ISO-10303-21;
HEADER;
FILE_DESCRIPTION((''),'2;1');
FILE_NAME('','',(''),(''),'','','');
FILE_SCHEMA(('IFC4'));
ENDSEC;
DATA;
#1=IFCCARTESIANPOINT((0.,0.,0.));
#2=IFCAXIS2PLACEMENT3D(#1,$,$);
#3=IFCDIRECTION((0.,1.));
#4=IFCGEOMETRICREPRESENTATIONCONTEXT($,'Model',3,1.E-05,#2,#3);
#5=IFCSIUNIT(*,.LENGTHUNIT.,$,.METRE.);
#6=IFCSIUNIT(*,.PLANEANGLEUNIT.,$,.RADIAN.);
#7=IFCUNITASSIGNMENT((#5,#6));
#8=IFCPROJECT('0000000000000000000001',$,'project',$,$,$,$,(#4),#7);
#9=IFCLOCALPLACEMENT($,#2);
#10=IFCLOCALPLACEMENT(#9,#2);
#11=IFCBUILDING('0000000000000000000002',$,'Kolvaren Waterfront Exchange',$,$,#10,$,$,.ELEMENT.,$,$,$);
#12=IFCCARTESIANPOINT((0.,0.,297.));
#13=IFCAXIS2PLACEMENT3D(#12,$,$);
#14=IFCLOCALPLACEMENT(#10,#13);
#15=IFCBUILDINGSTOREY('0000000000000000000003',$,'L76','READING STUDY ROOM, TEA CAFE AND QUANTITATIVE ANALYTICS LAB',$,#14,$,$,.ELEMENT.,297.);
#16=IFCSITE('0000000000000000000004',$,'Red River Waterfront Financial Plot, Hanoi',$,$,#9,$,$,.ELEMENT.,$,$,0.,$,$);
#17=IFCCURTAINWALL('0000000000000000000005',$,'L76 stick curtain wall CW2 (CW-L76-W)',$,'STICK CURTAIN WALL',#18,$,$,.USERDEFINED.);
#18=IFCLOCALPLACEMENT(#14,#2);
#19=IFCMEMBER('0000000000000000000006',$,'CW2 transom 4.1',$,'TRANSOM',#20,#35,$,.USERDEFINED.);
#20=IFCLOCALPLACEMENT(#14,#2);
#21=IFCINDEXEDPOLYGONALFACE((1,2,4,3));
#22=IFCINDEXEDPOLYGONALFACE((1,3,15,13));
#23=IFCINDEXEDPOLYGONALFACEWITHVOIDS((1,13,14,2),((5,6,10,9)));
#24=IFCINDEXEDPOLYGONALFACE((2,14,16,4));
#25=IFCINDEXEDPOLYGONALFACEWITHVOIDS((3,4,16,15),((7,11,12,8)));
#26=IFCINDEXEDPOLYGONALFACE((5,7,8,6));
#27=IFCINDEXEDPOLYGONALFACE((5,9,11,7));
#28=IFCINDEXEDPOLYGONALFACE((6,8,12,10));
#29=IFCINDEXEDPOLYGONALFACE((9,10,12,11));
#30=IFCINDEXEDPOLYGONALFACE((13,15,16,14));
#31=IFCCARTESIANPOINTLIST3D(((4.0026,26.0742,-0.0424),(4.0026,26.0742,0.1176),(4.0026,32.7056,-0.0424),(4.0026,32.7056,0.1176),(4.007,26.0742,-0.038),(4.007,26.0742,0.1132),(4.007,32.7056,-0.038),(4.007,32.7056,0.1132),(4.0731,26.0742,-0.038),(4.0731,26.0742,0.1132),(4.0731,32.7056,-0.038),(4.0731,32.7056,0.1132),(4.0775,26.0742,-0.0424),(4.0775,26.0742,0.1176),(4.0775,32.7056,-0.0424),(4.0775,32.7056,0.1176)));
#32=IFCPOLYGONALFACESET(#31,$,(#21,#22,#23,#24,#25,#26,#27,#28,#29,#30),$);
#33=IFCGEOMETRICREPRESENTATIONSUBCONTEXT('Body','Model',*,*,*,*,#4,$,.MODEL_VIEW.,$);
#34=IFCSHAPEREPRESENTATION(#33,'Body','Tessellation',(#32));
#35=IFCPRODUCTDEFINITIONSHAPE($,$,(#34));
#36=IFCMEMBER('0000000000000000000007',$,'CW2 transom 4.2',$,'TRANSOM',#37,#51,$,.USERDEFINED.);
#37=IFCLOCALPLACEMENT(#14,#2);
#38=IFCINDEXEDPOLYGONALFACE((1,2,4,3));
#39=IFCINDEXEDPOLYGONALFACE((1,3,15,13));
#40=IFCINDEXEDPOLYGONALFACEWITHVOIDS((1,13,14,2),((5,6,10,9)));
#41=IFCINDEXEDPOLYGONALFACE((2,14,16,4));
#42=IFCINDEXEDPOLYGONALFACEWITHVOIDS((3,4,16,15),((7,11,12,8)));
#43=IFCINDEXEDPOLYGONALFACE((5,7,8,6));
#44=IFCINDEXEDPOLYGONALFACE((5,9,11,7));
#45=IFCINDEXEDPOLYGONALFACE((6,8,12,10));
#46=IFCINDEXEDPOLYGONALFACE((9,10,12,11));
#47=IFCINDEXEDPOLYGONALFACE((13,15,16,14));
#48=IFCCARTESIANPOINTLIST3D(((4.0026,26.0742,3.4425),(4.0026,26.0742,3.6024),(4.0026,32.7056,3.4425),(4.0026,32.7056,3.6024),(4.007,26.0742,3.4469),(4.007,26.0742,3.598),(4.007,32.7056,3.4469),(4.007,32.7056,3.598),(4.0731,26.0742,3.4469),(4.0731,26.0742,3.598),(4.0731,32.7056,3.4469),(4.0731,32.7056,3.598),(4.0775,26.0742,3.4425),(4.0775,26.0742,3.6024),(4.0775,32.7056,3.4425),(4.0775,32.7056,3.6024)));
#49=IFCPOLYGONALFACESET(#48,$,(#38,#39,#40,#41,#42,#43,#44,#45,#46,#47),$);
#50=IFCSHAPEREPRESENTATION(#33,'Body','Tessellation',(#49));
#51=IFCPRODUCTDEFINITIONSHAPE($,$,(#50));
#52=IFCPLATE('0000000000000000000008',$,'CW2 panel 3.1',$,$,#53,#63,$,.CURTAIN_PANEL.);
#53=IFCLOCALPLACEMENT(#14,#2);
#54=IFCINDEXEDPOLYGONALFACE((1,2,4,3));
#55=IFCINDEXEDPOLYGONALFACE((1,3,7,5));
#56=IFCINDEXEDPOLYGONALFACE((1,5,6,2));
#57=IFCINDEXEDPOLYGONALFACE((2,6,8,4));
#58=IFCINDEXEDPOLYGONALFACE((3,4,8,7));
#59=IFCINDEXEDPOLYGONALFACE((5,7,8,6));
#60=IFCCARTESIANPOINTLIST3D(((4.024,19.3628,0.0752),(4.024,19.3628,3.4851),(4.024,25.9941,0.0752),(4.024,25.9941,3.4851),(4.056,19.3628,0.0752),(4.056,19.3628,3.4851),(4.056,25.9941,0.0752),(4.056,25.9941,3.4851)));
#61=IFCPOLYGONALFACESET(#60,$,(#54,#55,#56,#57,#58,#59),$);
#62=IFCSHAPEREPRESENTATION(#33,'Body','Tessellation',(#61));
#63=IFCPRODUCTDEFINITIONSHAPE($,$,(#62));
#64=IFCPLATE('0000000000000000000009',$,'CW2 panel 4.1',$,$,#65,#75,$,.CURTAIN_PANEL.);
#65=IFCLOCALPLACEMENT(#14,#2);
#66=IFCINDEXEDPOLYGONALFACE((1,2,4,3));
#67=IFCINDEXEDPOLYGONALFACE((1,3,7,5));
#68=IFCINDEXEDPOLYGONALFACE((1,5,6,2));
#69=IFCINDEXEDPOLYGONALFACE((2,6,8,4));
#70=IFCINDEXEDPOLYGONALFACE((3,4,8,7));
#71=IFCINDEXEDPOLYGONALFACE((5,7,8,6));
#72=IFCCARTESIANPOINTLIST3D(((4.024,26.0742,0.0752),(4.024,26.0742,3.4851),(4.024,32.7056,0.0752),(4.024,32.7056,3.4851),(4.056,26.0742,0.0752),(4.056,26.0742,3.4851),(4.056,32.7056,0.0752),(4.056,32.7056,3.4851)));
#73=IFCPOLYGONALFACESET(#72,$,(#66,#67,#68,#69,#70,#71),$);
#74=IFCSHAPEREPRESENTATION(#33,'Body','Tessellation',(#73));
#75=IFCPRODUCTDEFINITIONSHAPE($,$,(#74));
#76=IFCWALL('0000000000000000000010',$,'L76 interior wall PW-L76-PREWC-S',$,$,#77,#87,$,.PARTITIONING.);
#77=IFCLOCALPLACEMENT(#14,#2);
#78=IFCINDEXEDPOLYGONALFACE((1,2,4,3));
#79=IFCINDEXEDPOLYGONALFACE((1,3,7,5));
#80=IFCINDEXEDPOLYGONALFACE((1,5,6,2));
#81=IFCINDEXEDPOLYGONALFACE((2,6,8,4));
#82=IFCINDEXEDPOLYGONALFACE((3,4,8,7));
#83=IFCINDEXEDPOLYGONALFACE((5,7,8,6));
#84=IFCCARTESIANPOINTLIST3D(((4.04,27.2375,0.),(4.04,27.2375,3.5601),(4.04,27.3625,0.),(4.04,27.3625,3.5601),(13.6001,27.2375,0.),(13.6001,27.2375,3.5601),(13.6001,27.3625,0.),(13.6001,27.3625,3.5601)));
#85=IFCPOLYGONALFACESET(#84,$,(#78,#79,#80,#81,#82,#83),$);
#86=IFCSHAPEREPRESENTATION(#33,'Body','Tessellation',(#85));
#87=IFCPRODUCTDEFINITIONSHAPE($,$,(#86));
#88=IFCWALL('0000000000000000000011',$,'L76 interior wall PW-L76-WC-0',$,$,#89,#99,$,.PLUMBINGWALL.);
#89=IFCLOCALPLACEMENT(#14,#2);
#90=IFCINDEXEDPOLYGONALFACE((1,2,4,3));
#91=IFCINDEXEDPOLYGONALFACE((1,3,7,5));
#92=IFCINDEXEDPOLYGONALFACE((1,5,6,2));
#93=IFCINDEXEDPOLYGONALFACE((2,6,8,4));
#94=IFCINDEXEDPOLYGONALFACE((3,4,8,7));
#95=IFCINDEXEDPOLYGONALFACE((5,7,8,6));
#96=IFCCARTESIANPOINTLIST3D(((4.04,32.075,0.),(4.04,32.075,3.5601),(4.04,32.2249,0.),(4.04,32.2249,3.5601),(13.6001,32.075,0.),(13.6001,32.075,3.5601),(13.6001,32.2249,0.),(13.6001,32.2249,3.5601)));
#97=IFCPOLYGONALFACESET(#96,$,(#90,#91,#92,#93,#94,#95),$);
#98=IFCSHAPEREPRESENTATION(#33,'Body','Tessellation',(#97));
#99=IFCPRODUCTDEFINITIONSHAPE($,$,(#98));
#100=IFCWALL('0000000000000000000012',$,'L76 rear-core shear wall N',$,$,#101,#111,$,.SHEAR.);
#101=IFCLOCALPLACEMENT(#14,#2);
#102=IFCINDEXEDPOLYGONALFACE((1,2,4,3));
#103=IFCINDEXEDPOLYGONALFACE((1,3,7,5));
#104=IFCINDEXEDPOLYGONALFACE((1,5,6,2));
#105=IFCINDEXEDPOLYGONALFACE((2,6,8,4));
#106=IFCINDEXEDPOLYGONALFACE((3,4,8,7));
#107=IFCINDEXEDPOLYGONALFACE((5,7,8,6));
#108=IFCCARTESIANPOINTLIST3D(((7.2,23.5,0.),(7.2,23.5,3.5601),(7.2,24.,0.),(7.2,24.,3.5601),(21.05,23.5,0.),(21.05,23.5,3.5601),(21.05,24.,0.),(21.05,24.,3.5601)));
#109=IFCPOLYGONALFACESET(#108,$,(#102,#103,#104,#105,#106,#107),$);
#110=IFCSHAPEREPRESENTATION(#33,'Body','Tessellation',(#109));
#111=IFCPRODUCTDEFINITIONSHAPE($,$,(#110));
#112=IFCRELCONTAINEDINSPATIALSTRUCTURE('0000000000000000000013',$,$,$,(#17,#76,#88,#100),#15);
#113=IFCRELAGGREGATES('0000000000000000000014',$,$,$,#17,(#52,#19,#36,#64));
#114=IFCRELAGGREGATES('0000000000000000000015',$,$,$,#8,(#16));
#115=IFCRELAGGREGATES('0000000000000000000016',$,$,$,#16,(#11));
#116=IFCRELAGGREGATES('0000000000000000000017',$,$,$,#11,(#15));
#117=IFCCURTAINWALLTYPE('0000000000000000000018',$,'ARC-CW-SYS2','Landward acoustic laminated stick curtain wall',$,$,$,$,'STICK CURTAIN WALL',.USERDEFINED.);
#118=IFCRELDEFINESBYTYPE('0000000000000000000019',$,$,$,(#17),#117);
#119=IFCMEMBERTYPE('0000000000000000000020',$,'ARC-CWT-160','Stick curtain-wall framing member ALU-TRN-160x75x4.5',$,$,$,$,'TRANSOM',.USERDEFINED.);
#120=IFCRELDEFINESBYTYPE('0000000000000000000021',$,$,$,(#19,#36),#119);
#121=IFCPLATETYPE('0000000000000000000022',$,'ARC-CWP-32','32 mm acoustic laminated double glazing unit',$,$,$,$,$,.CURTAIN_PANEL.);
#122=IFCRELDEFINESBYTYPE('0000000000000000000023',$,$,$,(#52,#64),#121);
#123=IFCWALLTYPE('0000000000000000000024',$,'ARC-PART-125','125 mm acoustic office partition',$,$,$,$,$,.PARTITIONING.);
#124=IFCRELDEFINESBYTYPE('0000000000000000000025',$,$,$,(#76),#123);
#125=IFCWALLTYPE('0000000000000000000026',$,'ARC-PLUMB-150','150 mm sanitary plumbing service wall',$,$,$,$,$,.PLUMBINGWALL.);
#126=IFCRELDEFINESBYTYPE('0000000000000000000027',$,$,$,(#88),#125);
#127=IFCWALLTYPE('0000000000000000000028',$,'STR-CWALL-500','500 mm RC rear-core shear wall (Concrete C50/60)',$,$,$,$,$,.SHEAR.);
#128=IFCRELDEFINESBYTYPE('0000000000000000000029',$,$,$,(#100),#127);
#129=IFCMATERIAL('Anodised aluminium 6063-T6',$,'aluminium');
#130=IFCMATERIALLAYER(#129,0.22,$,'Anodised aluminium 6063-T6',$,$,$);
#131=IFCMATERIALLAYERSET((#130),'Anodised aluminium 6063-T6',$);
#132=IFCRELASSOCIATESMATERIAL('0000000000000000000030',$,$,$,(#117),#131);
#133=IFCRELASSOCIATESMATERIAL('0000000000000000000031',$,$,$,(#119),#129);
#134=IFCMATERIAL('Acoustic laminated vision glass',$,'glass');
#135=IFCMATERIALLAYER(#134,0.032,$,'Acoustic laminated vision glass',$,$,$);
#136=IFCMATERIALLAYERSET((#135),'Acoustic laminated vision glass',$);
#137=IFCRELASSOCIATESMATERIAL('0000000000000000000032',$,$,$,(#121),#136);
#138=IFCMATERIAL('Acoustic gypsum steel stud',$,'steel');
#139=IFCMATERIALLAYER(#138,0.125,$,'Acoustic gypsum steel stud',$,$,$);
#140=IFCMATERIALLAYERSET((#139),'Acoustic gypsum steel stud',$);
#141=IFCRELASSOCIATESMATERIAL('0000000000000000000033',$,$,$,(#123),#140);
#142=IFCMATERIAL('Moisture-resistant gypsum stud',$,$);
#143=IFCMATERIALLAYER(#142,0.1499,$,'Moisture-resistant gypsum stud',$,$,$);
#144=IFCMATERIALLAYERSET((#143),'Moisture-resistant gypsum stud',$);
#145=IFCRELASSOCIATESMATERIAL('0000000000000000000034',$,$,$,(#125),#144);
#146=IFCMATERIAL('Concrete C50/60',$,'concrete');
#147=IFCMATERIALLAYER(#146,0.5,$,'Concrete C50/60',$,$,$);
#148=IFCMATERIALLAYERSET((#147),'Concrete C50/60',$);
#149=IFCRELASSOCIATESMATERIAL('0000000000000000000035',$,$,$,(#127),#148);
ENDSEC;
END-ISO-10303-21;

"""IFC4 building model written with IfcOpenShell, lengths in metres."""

from ifc_helpers import new_model, si_unit, direction, frame, frame_2d, origin, origin_with_axes, origin_2d, place, context, subcontext, project, spatial, rectangle, hollow_rectangle, extrude, source, transform, mapped, material, layer, layer_set, material_profile, profile_set, type_object, element, aggregate, save


model = new_model("IFC4")

# Units and contexts
model_context = context("Model", 3, precision=1e-05, world=origin(), true_north=direction((0.0, 1.0)))
body_context = subcontext(model_context, "Body", "Model", "MODEL_VIEW")
ifc_project = project(units=[si_unit("LENGTHUNIT", "METRE"), si_unit("PLANEANGLEUNIT", "RADIAN")], contexts=[model_context])

# Site, building, storey
site_placement = place(None, origin())
site = spatial("IfcSite", under=ifc_project, at=site_placement, Name="Red River Waterfront Financial Plot, Hanoi", CompositionType="ELEMENT", RefElevation=0.0)
building_placement = place(site_placement, origin())
building = spatial("IfcBuilding", under=site, at=building_placement, Name="Kolvaren Waterfront Exchange", CompositionType="ELEMENT")
storey_placement = place(building_placement, frame((0.0, 0.0, 297.0)))
storey = spatial("IfcBuildingStorey", under=building, at=storey_placement, Name="L76", Description="READING STUDY ROOM, TEA CAFE AND QUANTITATIVE ANALYTICS LAB", CompositionType="ELEMENT", Elevation=297.0)

# Shared definitions
ifc_material_1 = material(Name="Concrete C50/60", Category="concrete")

# Curtain wall, members, plates
ifc_material_2 = material(Name="Anodised aluminium 6063-T6", Category="aluminium")
ifc_layer_1 = layer(ifc_material_2, 0.22, Name="Anodised aluminium 6063-T6")
ifc_layer_set_1 = layer_set([ifc_layer_1], Name="Anodised aluminium 6063-T6")
curtain_wall_type = type_object("IfcCurtainWallType", Name="ARC-CW-SYS2", Description="Landward acoustic laminated stick curtain wall", ElementType="STICK CURTAIN WALL", PredefinedType="USERDEFINED", material=ifc_layer_set_1)
curtain_wall_placement = place(storey_placement, origin())
curtain_wall = element("IfcCurtainWall", 1, at=curtain_wall_placement, inside=storey, type_object=curtain_wall_type, Name="L76 stick curtain wall CW2 (CW-L76-W)", ObjectType="STICK CURTAIN WALL", PredefinedType="USERDEFINED")
ifc_material_profile_1 = material_profile(ifc_material_2, hollow_rectangle(XDim=0.075, YDim=0.1599, WallThickness=0.0044, at=origin_2d()), Name="ALU-TRN-160x75x4.5")
ifc_profile_set_1 = profile_set([ifc_material_profile_1], Name="Anodised aluminium 6063-T6")
member_type_1 = type_object("IfcMemberType", Name="ARC-CWT-160", Description="Stick curtain-wall framing member ALU-TRN-160x75x4.5", ElementType="TRANSOM", PredefinedType="USERDEFINED", material=ifc_profile_set_1)
shared_shape_1 = source(origin_with_axes(), body_context, "Body", "SweptSolid", [
    extrude(hollow_rectangle(XDim=0.075, YDim=0.1599, WallThickness=0.0044, at=origin_2d()), origin(), (0.0, 0.0, 1.0), 6.6313),
])
member_1_placement = place(storey_placement, frame((4.04, 26.0742, 0.0376), z_axis=(0.0, 1.0, 0.0), x_axis=(-1.0, 0.0, 0.0)))
member_1 = element("IfcMember", 2, at=member_1_placement, type_object=member_type_1, Name="CW2 transom 4.1", ObjectType="TRANSOM", PredefinedType="USERDEFINED", context=body_context, shape_type="MappedRepresentation", body=[
    mapped(shared_shape_1, transform((0.0, 0.0, 0.0), x_axis=(1.0, 0.0, 0.0), y_axis=(0.0, 1.0, 0.0), z_axis=(0.0, 0.0, 1.0), scale=1.0)),
])
member_2_placement = place(storey_placement, frame((4.04, 26.0742, 3.5225), z_axis=(0.0, 1.0, 0.0), x_axis=(-1.0, 0.0, 0.0)))
member_2 = element("IfcMember", 3, at=member_2_placement, type_object=member_type_1, Name="CW2 transom 4.2", ObjectType="TRANSOM", PredefinedType="USERDEFINED", context=body_context, shape_type="MappedRepresentation", body=[
    mapped(shared_shape_1, transform((0.0, 0.0, 0.0), x_axis=(1.0, 0.0, 0.0), y_axis=(0.0, 1.0, 0.0), z_axis=(0.0, 0.0, 1.0), scale=1.0)),
])
ifc_material_3 = material(Name="Acoustic laminated vision glass", Category="glass")
ifc_layer_2 = layer(ifc_material_3, 0.032, Name="Acoustic laminated vision glass")
ifc_layer_set_2 = layer_set([ifc_layer_2], Name="Acoustic laminated vision glass")
plate_type = type_object("IfcPlateType", Name="ARC-CWP-32", Description="32 mm acoustic laminated double glazing unit", PredefinedType="CURTAIN_PANEL", material=ifc_layer_set_2)
shared_shape_2 = source(origin_with_axes(), body_context, "Body", "SweptSolid", [
    extrude(rectangle(XDim=6.6313, YDim=0.032, at=origin_2d()), origin(), (0.0, 0.0, 1.0), 3.4099),
])
plate_1_placement = place(storey_placement, frame((4.04, 22.6785, 0.0752), z_axis=(0.0, 0.0, 1.0), x_axis=(0.0, 1.0, 0.0)))
plate_1 = element("IfcPlate", 4, at=plate_1_placement, type_object=plate_type, Name="CW2 panel 3.1", PredefinedType="CURTAIN_PANEL", context=body_context, shape_type="MappedRepresentation", body=[
    mapped(shared_shape_2, transform((0.0, 0.0, 0.0), x_axis=(1.0, 0.0, 0.0), y_axis=(0.0, 1.0, 0.0), z_axis=(0.0, 0.0, 1.0), scale=1.0)),
])
plate_2_placement = place(storey_placement, frame((4.04, 29.3899, 0.0752), z_axis=(0.0, 0.0, 1.0), x_axis=(0.0, 1.0, 0.0)))
plate_2 = element("IfcPlate", 5, at=plate_2_placement, type_object=plate_type, Name="CW2 panel 4.1", PredefinedType="CURTAIN_PANEL", context=body_context, shape_type="MappedRepresentation", body=[
    mapped(shared_shape_2, transform((0.0, 0.0, 0.0), x_axis=(1.0, 0.0, 0.0), y_axis=(0.0, 1.0, 0.0), z_axis=(0.0, 0.0, 1.0), scale=1.0)),
])
aggregate(curtain_wall, [plate_1, member_1, member_2, plate_2])

# Wall
ifc_material_4 = material(Name="Acoustic gypsum steel stud", Category="steel")
ifc_layer_3 = layer(ifc_material_4, 0.125, Name="Acoustic gypsum steel stud")
ifc_layer_set_3 = layer_set([ifc_layer_3], Name="Acoustic gypsum steel stud")
wall_type_1 = type_object("IfcWallType", Name="ARC-PART-125", Description="125 mm acoustic office partition", PredefinedType="PARTITIONING", material=ifc_layer_set_3)
wall_1_placement = place(storey_placement, frame((4.04, 27.3, 0.0), z_axis=(0.0, 0.0, 1.0), x_axis=(1.0, 0.0, 0.0)))
element("IfcWall", 6, at=wall_1_placement, inside=storey, type_object=wall_type_1, Name="L76 interior wall PW-L76-PREWC-S", PredefinedType="PARTITIONING", context=body_context, shape_type="SweptSolid", body=[
    extrude(rectangle(XDim=9.5601, YDim=0.125, at=frame_2d((4.78, 0.0))), origin(), (0.0, 0.0, 1.0), 3.5601),
])

# Walls
ifc_material_5 = material(Name="Moisture-resistant gypsum stud")
ifc_layer_4 = layer(ifc_material_5, 0.1499, Name="Moisture-resistant gypsum stud")
ifc_layer_set_4 = layer_set([ifc_layer_4], Name="Moisture-resistant gypsum stud")
wall_type_2 = type_object("IfcWallType", Name="ARC-PLUMB-150", Description="150 mm sanitary plumbing service wall", PredefinedType="PLUMBINGWALL", material=ifc_layer_set_4)
wall_2_placement = place(storey_placement, frame((4.04, 32.1499, 0.0), z_axis=(0.0, 0.0, 1.0), x_axis=(1.0, 0.0, 0.0)))
element("IfcWall", 7, at=wall_2_placement, inside=storey, type_object=wall_type_2, Name="L76 interior wall PW-L76-WC-0", PredefinedType="PLUMBINGWALL", context=body_context, shape_type="SweptSolid", body=[
    extrude(rectangle(XDim=9.5601, YDim=0.1499, at=frame_2d((4.78, 0.0))), origin(), (0.0, 0.0, 1.0), 3.5601),
])
ifc_layer_5 = layer(ifc_material_1, 0.5, Name="Concrete C50/60")
ifc_layer_set_5 = layer_set([ifc_layer_5], Name="Concrete C50/60")
wall_type_3 = type_object("IfcWallType", Name="STR-CWALL-500", Description="500 mm RC rear-core shear wall (Concrete C50/60)", PredefinedType="SHEAR", material=ifc_layer_set_5)
wall_3_placement = place(storey_placement, frame((7.2, 23.75, 0.0), z_axis=(0.0, 0.0, 1.0), x_axis=(1.0, 0.0, 0.0)))
element("IfcWall", 8, at=wall_3_placement, inside=storey, type_object=wall_type_3, Name="L76 rear-core shear wall N", PredefinedType="SHEAR", context=body_context, shape_type="SweptSolid", body=[
    extrude(rectangle(XDim=13.8501, YDim=0.5, at=frame_2d((6.925, 0.0))), origin(), (0.0, 0.0, 1.0), 3.5601),
])

save(model, "model.ifc")
